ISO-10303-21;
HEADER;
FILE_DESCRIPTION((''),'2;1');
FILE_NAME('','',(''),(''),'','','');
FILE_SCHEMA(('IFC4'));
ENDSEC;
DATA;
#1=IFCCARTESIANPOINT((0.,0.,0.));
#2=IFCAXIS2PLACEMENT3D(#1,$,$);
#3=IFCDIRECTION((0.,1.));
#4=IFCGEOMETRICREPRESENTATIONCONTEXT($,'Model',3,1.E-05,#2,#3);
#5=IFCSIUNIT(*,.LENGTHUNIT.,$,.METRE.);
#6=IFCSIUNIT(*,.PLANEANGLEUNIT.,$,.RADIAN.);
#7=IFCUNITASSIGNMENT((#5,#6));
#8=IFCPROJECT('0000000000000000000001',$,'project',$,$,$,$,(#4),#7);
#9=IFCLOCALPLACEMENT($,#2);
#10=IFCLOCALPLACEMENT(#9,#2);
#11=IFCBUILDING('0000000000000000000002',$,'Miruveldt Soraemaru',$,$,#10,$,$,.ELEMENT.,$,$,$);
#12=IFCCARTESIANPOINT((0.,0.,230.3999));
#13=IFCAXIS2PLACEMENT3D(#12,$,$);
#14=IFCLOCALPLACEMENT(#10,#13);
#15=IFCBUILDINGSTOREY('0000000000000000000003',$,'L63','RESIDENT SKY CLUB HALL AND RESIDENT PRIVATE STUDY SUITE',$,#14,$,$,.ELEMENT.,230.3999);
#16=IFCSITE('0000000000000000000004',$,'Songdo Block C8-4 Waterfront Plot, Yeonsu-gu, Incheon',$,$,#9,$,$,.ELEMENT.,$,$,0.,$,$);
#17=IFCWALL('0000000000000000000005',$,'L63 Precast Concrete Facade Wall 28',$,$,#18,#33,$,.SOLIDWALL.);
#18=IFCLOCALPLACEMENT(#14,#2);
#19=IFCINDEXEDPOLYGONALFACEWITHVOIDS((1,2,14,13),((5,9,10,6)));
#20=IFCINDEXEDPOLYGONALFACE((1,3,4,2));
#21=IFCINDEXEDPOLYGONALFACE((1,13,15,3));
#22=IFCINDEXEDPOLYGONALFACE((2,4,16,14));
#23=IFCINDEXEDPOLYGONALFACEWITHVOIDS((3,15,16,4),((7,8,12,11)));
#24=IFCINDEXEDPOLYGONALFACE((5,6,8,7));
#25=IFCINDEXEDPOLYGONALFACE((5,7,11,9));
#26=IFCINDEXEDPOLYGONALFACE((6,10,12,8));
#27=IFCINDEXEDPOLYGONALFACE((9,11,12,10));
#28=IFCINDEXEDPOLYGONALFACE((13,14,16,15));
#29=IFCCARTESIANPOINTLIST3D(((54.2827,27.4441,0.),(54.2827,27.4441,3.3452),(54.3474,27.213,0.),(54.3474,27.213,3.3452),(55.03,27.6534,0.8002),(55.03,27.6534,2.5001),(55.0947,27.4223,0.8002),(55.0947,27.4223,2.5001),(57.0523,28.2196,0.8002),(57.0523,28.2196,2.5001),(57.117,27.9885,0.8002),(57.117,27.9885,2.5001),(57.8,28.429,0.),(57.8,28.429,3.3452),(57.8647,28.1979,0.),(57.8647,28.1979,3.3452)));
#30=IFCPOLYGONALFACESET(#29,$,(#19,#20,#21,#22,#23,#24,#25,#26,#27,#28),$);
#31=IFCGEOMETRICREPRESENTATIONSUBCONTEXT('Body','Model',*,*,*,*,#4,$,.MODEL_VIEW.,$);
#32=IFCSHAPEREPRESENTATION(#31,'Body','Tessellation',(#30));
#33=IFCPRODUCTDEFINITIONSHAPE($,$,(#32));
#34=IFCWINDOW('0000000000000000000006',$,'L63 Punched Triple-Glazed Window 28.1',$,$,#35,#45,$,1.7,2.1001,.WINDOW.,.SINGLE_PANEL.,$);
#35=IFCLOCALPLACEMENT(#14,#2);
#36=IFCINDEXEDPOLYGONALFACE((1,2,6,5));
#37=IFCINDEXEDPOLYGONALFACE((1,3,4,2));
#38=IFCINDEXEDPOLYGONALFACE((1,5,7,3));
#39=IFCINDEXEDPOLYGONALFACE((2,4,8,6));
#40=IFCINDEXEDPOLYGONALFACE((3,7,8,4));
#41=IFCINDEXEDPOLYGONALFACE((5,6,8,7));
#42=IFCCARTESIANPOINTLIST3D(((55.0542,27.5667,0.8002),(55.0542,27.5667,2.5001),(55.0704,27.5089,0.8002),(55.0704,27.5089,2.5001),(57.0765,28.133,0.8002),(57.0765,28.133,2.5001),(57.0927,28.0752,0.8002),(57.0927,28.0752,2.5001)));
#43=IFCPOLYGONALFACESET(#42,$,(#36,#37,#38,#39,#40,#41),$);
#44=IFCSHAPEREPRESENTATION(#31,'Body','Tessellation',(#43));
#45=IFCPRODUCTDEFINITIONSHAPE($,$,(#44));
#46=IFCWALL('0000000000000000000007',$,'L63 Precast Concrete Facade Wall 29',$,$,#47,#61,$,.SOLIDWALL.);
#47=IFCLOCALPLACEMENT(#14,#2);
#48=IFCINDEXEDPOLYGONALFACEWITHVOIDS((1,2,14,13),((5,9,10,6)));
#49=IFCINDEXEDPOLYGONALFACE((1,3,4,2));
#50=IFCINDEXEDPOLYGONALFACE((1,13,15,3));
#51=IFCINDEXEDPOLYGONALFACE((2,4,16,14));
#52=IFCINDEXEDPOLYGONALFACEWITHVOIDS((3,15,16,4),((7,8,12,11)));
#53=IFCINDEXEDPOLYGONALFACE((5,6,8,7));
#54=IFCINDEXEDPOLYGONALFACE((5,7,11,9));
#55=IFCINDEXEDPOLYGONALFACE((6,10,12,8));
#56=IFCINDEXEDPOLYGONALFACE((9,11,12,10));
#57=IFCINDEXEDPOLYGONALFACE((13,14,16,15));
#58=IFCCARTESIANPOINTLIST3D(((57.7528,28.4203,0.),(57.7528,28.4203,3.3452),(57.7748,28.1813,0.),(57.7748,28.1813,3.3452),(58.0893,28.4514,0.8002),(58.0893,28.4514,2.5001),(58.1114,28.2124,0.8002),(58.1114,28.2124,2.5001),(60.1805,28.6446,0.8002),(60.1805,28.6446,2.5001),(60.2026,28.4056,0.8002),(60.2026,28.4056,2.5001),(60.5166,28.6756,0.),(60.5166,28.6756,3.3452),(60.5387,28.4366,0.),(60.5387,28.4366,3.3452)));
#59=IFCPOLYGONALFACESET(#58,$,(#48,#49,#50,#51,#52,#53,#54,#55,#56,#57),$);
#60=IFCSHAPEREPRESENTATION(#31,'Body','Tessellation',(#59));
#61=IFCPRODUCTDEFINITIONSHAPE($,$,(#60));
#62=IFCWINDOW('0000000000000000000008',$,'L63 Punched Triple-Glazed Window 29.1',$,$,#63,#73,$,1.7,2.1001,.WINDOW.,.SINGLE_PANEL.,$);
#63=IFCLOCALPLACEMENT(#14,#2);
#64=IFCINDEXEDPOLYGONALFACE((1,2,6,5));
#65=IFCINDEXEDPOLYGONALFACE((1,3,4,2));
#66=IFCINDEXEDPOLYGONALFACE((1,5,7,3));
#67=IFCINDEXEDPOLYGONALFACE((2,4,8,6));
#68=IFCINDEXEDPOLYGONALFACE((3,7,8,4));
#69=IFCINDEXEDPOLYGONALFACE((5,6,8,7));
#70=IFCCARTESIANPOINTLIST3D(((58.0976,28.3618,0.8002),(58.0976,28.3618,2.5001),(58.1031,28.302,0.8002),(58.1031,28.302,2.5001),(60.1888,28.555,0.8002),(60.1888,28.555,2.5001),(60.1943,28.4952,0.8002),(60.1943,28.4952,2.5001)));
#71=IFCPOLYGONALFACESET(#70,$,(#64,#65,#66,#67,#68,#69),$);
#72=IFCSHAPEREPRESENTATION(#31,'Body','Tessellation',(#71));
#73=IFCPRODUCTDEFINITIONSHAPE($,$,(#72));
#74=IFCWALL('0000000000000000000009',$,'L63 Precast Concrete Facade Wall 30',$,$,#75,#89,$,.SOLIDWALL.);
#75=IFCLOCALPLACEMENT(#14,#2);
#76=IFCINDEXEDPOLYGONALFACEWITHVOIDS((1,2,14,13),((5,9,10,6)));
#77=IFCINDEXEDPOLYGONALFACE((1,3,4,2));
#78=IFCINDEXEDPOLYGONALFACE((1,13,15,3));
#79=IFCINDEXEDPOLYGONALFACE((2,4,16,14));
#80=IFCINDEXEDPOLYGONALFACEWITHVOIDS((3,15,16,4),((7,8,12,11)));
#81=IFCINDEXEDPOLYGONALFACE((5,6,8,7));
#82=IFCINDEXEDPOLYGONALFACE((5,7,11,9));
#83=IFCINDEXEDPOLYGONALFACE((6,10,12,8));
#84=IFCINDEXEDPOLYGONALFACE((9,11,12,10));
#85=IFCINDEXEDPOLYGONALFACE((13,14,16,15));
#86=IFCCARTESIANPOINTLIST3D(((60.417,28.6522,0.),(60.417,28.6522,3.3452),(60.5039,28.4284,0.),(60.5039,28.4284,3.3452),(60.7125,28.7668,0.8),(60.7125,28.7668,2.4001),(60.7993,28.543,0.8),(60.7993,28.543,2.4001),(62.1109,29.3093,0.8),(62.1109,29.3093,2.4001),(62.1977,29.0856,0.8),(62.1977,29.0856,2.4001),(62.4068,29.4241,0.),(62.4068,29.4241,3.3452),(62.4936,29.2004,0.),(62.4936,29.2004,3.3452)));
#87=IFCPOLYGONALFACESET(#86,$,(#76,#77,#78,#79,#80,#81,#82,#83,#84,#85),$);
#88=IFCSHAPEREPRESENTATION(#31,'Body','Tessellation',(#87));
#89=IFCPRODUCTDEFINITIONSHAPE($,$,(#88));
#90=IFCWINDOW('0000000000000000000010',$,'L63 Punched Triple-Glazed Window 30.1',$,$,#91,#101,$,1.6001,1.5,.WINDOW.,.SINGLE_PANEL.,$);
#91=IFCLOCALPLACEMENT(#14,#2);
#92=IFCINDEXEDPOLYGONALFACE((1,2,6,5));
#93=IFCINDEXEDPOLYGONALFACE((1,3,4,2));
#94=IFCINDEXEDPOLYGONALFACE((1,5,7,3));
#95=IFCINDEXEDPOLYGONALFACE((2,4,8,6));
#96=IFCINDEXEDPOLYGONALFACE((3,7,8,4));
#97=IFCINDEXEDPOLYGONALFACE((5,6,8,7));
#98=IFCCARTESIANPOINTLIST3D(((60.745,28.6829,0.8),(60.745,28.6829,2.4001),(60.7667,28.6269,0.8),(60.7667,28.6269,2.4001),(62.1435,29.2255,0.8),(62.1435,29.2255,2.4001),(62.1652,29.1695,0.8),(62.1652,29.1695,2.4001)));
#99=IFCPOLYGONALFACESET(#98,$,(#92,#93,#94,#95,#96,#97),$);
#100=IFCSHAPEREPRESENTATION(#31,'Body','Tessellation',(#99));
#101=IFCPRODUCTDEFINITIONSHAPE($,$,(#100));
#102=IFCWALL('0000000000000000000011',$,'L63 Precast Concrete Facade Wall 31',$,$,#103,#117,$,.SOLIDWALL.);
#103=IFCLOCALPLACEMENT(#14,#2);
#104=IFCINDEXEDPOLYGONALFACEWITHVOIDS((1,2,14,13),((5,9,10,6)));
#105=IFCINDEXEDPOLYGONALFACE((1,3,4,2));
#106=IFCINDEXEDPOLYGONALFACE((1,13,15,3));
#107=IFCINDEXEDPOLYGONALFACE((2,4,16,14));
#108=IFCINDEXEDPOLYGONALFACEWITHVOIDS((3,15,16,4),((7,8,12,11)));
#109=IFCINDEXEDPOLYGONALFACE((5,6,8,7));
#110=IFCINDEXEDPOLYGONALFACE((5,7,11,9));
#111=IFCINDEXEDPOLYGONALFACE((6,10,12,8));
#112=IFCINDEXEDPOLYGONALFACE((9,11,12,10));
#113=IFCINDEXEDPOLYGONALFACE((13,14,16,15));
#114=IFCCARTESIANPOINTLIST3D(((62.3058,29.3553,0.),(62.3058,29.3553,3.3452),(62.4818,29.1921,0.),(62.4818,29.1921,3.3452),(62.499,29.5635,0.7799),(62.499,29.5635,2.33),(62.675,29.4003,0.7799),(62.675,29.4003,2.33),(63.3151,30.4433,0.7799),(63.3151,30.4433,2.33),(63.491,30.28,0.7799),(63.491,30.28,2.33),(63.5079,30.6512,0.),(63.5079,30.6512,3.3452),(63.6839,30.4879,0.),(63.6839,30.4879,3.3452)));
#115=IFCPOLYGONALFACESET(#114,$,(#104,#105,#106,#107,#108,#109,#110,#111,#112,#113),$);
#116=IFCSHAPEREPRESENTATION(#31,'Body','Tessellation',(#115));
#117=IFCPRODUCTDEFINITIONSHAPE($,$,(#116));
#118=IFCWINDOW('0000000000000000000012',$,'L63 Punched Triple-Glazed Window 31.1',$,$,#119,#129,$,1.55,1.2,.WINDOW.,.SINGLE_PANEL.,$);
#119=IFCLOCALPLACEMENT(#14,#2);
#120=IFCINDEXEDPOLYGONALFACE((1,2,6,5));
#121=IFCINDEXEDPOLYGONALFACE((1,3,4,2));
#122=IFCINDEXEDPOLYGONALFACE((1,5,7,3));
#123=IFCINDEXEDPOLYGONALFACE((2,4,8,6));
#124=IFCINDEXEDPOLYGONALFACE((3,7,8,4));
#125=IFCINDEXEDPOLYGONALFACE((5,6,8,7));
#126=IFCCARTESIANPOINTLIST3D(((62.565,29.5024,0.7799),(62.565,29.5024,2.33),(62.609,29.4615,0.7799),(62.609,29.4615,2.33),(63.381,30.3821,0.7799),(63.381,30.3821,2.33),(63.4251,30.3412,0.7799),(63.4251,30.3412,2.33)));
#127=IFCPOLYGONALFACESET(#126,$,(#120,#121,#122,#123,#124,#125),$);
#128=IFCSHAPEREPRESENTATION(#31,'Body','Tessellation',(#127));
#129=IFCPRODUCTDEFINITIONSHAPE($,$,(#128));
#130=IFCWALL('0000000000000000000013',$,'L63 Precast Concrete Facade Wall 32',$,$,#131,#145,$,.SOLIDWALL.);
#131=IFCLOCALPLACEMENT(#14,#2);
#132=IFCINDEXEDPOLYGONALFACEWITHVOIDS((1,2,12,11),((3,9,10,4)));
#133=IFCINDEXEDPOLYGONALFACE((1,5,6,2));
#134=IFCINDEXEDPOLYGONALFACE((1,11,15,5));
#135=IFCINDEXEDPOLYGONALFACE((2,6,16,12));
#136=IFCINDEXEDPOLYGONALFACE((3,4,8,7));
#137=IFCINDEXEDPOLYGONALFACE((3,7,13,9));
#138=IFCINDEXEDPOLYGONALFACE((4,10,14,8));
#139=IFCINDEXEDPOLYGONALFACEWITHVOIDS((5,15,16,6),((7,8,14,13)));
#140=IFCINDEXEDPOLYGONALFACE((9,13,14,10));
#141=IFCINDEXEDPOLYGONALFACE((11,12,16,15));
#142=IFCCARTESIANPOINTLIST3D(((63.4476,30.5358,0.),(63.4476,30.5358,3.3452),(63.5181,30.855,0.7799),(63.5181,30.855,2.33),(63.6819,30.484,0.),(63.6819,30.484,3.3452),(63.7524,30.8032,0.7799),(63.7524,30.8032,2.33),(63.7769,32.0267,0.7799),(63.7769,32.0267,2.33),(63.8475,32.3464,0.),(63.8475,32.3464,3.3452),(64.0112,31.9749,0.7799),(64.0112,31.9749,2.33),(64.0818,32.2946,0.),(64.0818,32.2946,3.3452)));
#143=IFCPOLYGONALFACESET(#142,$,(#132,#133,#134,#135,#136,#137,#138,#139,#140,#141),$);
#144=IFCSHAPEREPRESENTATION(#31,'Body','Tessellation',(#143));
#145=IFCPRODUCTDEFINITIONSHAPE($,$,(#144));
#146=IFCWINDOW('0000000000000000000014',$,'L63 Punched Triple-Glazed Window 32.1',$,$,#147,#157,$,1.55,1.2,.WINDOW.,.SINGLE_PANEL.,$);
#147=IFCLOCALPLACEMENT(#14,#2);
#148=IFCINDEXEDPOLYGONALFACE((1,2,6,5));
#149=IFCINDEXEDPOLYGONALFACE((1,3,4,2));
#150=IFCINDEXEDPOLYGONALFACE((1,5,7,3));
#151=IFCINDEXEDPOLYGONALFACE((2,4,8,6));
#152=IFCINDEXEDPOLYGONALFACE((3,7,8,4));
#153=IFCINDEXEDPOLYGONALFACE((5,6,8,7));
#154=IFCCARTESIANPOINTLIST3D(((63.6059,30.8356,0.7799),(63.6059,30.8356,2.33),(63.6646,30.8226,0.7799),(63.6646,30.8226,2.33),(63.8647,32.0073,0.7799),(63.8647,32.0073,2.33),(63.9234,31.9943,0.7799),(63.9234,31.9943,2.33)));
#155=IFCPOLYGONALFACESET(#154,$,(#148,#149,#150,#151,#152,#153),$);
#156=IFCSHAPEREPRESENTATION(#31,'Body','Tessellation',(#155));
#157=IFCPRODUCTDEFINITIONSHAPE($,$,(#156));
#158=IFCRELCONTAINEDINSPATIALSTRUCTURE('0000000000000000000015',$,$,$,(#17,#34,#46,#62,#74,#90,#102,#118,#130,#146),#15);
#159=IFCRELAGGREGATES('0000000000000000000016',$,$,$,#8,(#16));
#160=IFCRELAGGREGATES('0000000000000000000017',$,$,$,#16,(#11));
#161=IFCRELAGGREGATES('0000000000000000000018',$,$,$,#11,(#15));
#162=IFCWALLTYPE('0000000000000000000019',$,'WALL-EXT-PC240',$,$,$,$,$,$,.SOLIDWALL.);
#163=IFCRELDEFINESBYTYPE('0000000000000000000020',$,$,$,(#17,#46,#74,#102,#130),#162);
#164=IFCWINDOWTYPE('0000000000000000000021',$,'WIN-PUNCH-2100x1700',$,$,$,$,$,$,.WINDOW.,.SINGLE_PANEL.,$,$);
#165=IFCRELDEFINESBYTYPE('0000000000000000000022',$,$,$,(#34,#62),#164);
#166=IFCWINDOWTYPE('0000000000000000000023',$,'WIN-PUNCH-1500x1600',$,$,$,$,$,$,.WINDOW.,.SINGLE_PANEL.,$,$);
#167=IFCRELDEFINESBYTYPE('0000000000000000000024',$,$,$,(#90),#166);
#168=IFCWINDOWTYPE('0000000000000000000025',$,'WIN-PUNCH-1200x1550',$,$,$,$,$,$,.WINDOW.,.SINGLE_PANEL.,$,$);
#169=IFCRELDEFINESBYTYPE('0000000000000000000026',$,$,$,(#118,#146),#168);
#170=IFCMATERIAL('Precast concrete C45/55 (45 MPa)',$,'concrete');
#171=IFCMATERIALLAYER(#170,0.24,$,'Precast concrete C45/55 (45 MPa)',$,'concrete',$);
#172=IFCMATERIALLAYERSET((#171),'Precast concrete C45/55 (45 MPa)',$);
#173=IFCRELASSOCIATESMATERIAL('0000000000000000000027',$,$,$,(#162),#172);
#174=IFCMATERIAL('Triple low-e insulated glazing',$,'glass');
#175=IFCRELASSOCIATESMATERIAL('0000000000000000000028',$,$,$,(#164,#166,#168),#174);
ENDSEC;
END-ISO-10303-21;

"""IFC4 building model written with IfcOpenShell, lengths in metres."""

from ifc_helpers import new_model, si_unit, direction, frame, frame_2d, origin, place, context, subcontext, project, spatial, rectangle, extrude, material, layer, layer_set, type_object, element, fill, save


model = new_model("IFC4")

# Units and contexts
model_context = context("Model", 3, precision=1e-05, world=origin(), true_north=direction((0.0, 1.0)))
body_context = subcontext(model_context, "Body", "Model", "MODEL_VIEW")
ifc_project = project(units=[si_unit("LENGTHUNIT", "METRE"), si_unit("PLANEANGLEUNIT", "RADIAN")], contexts=[model_context])

# Site, building, storey
site_placement = place(None, origin())
site = spatial("IfcSite", under=ifc_project, at=site_placement, Name="Songdo Block C8-4 Waterfront Plot, Yeonsu-gu, Incheon", CompositionType="ELEMENT", RefElevation=0.0)
building_placement = place(site_placement, origin())
building = spatial("IfcBuilding", under=site, at=building_placement, Name="Miruveldt Soraemaru", CompositionType="ELEMENT")
storey_placement = place(building_placement, frame((0.0, 0.0, 230.3999)))
storey = spatial("IfcBuildingStorey", under=building, at=storey_placement, Name="L63", Description="RESIDENT SKY CLUB HALL AND RESIDENT PRIVATE STUDY SUITE", CompositionType="ELEMENT", Elevation=230.3999)

# Walls, openings, windows
ifc_material_1 = material(Name="Precast concrete C45/55 (45 MPa)", Category="concrete")
ifc_layer_1 = layer(ifc_material_1, 0.24, Name="Precast concrete C45/55 (45 MPa)", Category="concrete")
ifc_layer_set_1 = layer_set([ifc_layer_1], Name="Precast concrete C45/55 (45 MPa)")
wall_type_1 = type_object("IfcWallType", Name="WALL-EXT-PC240", PredefinedType="SOLIDWALL", material=ifc_layer_set_1)
wall_1_placement = place(storey_placement, frame((54.3152, 27.3286, 0.0), z_axis=(0.0, 0.0, 1.0), x_axis=(0.962963, 0.269632, 0.0)))
wall_1 = element("IfcWall", 1, at=wall_1_placement, inside=storey, type_object=wall_type_1, Name="L63 Precast Concrete Facade Wall 28", PredefinedType="SOLIDWALL", context=body_context, shape_type="SweptSolid", body=[
    extrude(rectangle(XDim=3.6526, YDim=0.24, at=frame_2d((1.8262, 0.0))), origin(), (0.0, 0.0, 1.0), 3.3452),
])
opening_1_placement = place(wall_1_placement, frame((0.7759, 0.0, 0.8)))
opening_1 = element("IfcOpeningElement", 2, at=opening_1_placement, cuts=wall_1, PredefinedType="OPENING", context=body_context, shape_type="SweptSolid", body=[
    extrude(rectangle(XDim=2.1001, YDim=1.7, at=frame_2d((1.05, 0.8501))), frame((0.0, 0.1299, 0.0), z_axis=(0.0, -1.0, 0.0), x_axis=(1.0, 0.0, 0.0)), (0.0, 0.0, 1.0), 0.26),
])
ifc_material_2 = material(Name="Triple low-e insulated glazing", Category="glass")
window_type_1 = type_object("IfcWindowType", Name="WIN-PUNCH-2100x1700", PartitioningType="SINGLE_PANEL", PredefinedType="WINDOW", material=ifc_material_2)
window_1_placement = place(opening_1_placement, origin())
window_1 = element("IfcWindow", 3, at=window_1_placement, inside=storey, type_object=window_type_1, Name="L63 Punched Triple-Glazed Window 28.1", OverallHeight=1.7, OverallWidth=2.1001, PartitioningType="SINGLE_PANEL", PredefinedType="WINDOW", context=body_context, shape_type="SweptSolid", body=[
    extrude(rectangle(XDim=2.1001, YDim=1.7, at=frame_2d((1.05, 0.8501))), frame((0.0, 0.03, 0.0), z_axis=(0.0, -1.0, 0.0), x_axis=(1.0, 0.0, 0.0)), (0.0, 0.0, 1.0), 0.0601),
])
fill(opening_1, window_1)
wall_2_placement = place(storey_placement, frame((57.7639, 28.3008, 0.0), z_axis=(0.0, 0.0, 1.0), x_axis=(0.995759, 0.092003, 0.0)))
wall_2 = element("IfcWall", 4, at=wall_2_placement, inside=storey, type_object=wall_type_1, Name="L63 Precast Concrete Facade Wall 29", PredefinedType="SOLIDWALL", context=body_context, shape_type="SweptSolid", body=[
    extrude(rectangle(XDim=2.7756, YDim=0.24, at=frame_2d((1.3877, 0.0))), origin(), (0.0, 0.0, 1.0), 3.3452),
])
opening_2_placement = place(wall_2_placement, frame((0.3379, 0.0, 0.8)))
opening_2 = element("IfcOpeningElement", 5, at=opening_2_placement, cuts=wall_2, PredefinedType="OPENING", context=body_context, shape_type="SweptSolid", body=[
    extrude(rectangle(XDim=2.1001, YDim=1.7, at=frame_2d((1.05, 0.8501))), frame((0.0, 0.1299, 0.0), z_axis=(0.0, -1.0, 0.0), x_axis=(1.0, 0.0, 0.0)), (0.0, 0.0, 1.0), 0.26),
])
window_2_placement = place(opening_2_placement, origin())
window_2 = element("IfcWindow", 6, at=window_2_placement, inside=storey, type_object=window_type_1, Name="L63 Punched Triple-Glazed Window 29.1", OverallHeight=1.7, OverallWidth=2.1001, PartitioningType="SINGLE_PANEL", PredefinedType="WINDOW", context=body_context, shape_type="SweptSolid", body=[
    extrude(rectangle(XDim=2.1001, YDim=1.7, at=frame_2d((1.05, 0.8501))), frame((0.0, 0.03, 0.0), z_axis=(0.0, -1.0, 0.0), x_axis=(1.0, 0.0, 0.0)), (0.0, 0.0, 1.0), 0.0601),
])
fill(opening_2, window_2)
wall_3_placement = place(storey_placement, frame((60.4604, 28.5403, 0.0), z_axis=(0.0, 0.0, 1.0), x_axis=(0.932292, 0.361706, 0.0)))
wall_3 = element("IfcWall", 7, at=wall_3_placement, inside=storey, type_object=wall_type_1, Name="L63 Precast Concrete Facade Wall 30", PredefinedType="SOLIDWALL", context=body_context, shape_type="SweptSolid", body=[
    extrude(rectangle(XDim=2.1343, YDim=0.24, at=frame_2d((1.0671, 0.0))), origin(), (0.0, 0.0, 1.0), 3.3452),
])
opening_3_placement = place(wall_3_placement, frame((0.3169, 0.0, 0.8)))
opening_3 = element("IfcOpeningElement", 8, at=opening_3_placement, cuts=wall_3, PredefinedType="OPENING", context=body_context, shape_type="SweptSolid", body=[
    extrude(rectangle(XDim=1.5, YDim=1.6001, at=frame_2d((0.75, 0.8))), frame((0.0, 0.1299, 0.0), z_axis=(0.0, -1.0, 0.0), x_axis=(1.0, 0.0, 0.0)), (0.0, 0.0, 1.0), 0.26),
])
window_type_2 = type_object("IfcWindowType", Name="WIN-PUNCH-1500x1600", PartitioningType="SINGLE_PANEL", PredefinedType="WINDOW", material=ifc_material_2)
window_3_placement = place(opening_3_placement, origin())
window_3 = element("IfcWindow", 9, at=window_3_placement, inside=storey, type_object=window_type_2, Name="L63 Punched Triple-Glazed Window 30.1", OverallHeight=1.6001, OverallWidth=1.5, PartitioningType="SINGLE_PANEL", PredefinedType="WINDOW", context=body_context, shape_type="SweptSolid", body=[
    extrude(rectangle(XDim=1.5, YDim=1.6001, at=frame_2d((0.75, 0.8))), frame((0.0, 0.03, 0.0), z_axis=(0.0, -1.0, 0.0), x_axis=(1.0, 0.0, 0.0)), (0.0, 0.0, 1.0), 0.0601),
])
fill(opening_3, window_3)
wall_4_placement = place(storey_placement, frame((62.3938, 29.2737, 0.0), z_axis=(0.0, 0.0, 1.0), x_axis=(0.680091, 0.733128, 0.0)))
wall_4 = element("IfcWall", 10, at=wall_4_placement, inside=storey, type_object=wall_type_1, Name="L63 Precast Concrete Facade Wall 31", PredefinedType="SOLIDWALL", context=body_context, shape_type="SweptSolid", body=[
    extrude(rectangle(XDim=1.7676, YDim=0.24, at=frame_2d((0.8838, 0.0))), origin(), (0.0, 0.0, 1.0), 3.3452),
])
opening_4_placement = place(wall_4_placement, frame((0.2839, 0.0, 0.78)))
opening_4 = element("IfcOpeningElement", 11, at=opening_4_placement, cuts=wall_4, PredefinedType="OPENING", context=body_context, shape_type="SweptSolid", body=[
    extrude(rectangle(XDim=1.2, YDim=1.55, at=frame_2d((0.6001, 0.7749))), frame((0.0, 0.1299, 0.0), z_axis=(0.0, -1.0, 0.0), x_axis=(1.0, 0.0, 0.0)), (0.0, 0.0, 1.0), 0.26),
])
window_type_3 = type_object("IfcWindowType", Name="WIN-PUNCH-1200x1550", PartitioningType="SINGLE_PANEL", PredefinedType="WINDOW", material=ifc_material_2)
window_4_placement = place(opening_4_placement, origin())
window_4 = element("IfcWindow", 12, at=window_4_placement, inside=storey, type_object=window_type_3, Name="L63 Punched Triple-Glazed Window 31.1", OverallHeight=1.55, OverallWidth=1.2, PartitioningType="SINGLE_PANEL", PredefinedType="WINDOW", context=body_context, shape_type="SweptSolid", body=[
    extrude(rectangle(XDim=1.2, YDim=1.55, at=frame_2d((0.6001, 0.7749))), frame((0.0, 0.03, 0.0), z_axis=(0.0, -1.0, 0.0), x_axis=(1.0, 0.0, 0.0)), (0.0, 0.0, 1.0), 0.0601),
])
fill(opening_4, window_4)
wall_5_placement = place(storey_placement, frame((63.5647, 30.5098, 0.0), z_axis=(0.0, 0.0, 1.0), x_axis=(0.215676, 0.976465, 0.0)))
wall_5 = element("IfcWall", 13, at=wall_5_placement, inside=storey, type_object=wall_type_1, Name="L63 Precast Concrete Facade Wall 32", PredefinedType="SOLIDWALL", context=body_context, shape_type="SweptSolid", body=[
    extrude(rectangle(XDim=1.8542, YDim=0.24, at=frame_2d((0.9272, 0.0))), origin(), (0.0, 0.0, 1.0), 3.3452),
])
opening_5_placement = place(wall_5_placement, frame((0.3269, 0.0, 0.78)))
opening_5 = element("IfcOpeningElement", 14, at=opening_5_placement, cuts=wall_5, PredefinedType="OPENING", context=body_context, shape_type="SweptSolid", body=[
    extrude(rectangle(XDim=1.2, YDim=1.55, at=frame_2d((0.6001, 0.7749))), frame((0.0, 0.1299, 0.0), z_axis=(0.0, -1.0, 0.0), x_axis=(1.0, 0.0, 0.0)), (0.0, 0.0, 1.0), 0.26),
])
window_5_placement = place(opening_5_placement, origin())
window_5 = element("IfcWindow", 15, at=window_5_placement, inside=storey, type_object=window_type_3, Name="L63 Punched Triple-Glazed Window 32.1", OverallHeight=1.55, OverallWidth=1.2, PartitioningType="SINGLE_PANEL", PredefinedType="WINDOW", context=body_context, shape_type="SweptSolid", body=[
    extrude(rectangle(XDim=1.2, YDim=1.55, at=frame_2d((0.6001, 0.7749))), frame((0.0, 0.03, 0.0), z_axis=(0.0, -1.0, 0.0), x_axis=(1.0, 0.0, 0.0)), (0.0, 0.0, 1.0), 0.0601),
])
fill(opening_5, window_5)

save(model, "model.ifc")
